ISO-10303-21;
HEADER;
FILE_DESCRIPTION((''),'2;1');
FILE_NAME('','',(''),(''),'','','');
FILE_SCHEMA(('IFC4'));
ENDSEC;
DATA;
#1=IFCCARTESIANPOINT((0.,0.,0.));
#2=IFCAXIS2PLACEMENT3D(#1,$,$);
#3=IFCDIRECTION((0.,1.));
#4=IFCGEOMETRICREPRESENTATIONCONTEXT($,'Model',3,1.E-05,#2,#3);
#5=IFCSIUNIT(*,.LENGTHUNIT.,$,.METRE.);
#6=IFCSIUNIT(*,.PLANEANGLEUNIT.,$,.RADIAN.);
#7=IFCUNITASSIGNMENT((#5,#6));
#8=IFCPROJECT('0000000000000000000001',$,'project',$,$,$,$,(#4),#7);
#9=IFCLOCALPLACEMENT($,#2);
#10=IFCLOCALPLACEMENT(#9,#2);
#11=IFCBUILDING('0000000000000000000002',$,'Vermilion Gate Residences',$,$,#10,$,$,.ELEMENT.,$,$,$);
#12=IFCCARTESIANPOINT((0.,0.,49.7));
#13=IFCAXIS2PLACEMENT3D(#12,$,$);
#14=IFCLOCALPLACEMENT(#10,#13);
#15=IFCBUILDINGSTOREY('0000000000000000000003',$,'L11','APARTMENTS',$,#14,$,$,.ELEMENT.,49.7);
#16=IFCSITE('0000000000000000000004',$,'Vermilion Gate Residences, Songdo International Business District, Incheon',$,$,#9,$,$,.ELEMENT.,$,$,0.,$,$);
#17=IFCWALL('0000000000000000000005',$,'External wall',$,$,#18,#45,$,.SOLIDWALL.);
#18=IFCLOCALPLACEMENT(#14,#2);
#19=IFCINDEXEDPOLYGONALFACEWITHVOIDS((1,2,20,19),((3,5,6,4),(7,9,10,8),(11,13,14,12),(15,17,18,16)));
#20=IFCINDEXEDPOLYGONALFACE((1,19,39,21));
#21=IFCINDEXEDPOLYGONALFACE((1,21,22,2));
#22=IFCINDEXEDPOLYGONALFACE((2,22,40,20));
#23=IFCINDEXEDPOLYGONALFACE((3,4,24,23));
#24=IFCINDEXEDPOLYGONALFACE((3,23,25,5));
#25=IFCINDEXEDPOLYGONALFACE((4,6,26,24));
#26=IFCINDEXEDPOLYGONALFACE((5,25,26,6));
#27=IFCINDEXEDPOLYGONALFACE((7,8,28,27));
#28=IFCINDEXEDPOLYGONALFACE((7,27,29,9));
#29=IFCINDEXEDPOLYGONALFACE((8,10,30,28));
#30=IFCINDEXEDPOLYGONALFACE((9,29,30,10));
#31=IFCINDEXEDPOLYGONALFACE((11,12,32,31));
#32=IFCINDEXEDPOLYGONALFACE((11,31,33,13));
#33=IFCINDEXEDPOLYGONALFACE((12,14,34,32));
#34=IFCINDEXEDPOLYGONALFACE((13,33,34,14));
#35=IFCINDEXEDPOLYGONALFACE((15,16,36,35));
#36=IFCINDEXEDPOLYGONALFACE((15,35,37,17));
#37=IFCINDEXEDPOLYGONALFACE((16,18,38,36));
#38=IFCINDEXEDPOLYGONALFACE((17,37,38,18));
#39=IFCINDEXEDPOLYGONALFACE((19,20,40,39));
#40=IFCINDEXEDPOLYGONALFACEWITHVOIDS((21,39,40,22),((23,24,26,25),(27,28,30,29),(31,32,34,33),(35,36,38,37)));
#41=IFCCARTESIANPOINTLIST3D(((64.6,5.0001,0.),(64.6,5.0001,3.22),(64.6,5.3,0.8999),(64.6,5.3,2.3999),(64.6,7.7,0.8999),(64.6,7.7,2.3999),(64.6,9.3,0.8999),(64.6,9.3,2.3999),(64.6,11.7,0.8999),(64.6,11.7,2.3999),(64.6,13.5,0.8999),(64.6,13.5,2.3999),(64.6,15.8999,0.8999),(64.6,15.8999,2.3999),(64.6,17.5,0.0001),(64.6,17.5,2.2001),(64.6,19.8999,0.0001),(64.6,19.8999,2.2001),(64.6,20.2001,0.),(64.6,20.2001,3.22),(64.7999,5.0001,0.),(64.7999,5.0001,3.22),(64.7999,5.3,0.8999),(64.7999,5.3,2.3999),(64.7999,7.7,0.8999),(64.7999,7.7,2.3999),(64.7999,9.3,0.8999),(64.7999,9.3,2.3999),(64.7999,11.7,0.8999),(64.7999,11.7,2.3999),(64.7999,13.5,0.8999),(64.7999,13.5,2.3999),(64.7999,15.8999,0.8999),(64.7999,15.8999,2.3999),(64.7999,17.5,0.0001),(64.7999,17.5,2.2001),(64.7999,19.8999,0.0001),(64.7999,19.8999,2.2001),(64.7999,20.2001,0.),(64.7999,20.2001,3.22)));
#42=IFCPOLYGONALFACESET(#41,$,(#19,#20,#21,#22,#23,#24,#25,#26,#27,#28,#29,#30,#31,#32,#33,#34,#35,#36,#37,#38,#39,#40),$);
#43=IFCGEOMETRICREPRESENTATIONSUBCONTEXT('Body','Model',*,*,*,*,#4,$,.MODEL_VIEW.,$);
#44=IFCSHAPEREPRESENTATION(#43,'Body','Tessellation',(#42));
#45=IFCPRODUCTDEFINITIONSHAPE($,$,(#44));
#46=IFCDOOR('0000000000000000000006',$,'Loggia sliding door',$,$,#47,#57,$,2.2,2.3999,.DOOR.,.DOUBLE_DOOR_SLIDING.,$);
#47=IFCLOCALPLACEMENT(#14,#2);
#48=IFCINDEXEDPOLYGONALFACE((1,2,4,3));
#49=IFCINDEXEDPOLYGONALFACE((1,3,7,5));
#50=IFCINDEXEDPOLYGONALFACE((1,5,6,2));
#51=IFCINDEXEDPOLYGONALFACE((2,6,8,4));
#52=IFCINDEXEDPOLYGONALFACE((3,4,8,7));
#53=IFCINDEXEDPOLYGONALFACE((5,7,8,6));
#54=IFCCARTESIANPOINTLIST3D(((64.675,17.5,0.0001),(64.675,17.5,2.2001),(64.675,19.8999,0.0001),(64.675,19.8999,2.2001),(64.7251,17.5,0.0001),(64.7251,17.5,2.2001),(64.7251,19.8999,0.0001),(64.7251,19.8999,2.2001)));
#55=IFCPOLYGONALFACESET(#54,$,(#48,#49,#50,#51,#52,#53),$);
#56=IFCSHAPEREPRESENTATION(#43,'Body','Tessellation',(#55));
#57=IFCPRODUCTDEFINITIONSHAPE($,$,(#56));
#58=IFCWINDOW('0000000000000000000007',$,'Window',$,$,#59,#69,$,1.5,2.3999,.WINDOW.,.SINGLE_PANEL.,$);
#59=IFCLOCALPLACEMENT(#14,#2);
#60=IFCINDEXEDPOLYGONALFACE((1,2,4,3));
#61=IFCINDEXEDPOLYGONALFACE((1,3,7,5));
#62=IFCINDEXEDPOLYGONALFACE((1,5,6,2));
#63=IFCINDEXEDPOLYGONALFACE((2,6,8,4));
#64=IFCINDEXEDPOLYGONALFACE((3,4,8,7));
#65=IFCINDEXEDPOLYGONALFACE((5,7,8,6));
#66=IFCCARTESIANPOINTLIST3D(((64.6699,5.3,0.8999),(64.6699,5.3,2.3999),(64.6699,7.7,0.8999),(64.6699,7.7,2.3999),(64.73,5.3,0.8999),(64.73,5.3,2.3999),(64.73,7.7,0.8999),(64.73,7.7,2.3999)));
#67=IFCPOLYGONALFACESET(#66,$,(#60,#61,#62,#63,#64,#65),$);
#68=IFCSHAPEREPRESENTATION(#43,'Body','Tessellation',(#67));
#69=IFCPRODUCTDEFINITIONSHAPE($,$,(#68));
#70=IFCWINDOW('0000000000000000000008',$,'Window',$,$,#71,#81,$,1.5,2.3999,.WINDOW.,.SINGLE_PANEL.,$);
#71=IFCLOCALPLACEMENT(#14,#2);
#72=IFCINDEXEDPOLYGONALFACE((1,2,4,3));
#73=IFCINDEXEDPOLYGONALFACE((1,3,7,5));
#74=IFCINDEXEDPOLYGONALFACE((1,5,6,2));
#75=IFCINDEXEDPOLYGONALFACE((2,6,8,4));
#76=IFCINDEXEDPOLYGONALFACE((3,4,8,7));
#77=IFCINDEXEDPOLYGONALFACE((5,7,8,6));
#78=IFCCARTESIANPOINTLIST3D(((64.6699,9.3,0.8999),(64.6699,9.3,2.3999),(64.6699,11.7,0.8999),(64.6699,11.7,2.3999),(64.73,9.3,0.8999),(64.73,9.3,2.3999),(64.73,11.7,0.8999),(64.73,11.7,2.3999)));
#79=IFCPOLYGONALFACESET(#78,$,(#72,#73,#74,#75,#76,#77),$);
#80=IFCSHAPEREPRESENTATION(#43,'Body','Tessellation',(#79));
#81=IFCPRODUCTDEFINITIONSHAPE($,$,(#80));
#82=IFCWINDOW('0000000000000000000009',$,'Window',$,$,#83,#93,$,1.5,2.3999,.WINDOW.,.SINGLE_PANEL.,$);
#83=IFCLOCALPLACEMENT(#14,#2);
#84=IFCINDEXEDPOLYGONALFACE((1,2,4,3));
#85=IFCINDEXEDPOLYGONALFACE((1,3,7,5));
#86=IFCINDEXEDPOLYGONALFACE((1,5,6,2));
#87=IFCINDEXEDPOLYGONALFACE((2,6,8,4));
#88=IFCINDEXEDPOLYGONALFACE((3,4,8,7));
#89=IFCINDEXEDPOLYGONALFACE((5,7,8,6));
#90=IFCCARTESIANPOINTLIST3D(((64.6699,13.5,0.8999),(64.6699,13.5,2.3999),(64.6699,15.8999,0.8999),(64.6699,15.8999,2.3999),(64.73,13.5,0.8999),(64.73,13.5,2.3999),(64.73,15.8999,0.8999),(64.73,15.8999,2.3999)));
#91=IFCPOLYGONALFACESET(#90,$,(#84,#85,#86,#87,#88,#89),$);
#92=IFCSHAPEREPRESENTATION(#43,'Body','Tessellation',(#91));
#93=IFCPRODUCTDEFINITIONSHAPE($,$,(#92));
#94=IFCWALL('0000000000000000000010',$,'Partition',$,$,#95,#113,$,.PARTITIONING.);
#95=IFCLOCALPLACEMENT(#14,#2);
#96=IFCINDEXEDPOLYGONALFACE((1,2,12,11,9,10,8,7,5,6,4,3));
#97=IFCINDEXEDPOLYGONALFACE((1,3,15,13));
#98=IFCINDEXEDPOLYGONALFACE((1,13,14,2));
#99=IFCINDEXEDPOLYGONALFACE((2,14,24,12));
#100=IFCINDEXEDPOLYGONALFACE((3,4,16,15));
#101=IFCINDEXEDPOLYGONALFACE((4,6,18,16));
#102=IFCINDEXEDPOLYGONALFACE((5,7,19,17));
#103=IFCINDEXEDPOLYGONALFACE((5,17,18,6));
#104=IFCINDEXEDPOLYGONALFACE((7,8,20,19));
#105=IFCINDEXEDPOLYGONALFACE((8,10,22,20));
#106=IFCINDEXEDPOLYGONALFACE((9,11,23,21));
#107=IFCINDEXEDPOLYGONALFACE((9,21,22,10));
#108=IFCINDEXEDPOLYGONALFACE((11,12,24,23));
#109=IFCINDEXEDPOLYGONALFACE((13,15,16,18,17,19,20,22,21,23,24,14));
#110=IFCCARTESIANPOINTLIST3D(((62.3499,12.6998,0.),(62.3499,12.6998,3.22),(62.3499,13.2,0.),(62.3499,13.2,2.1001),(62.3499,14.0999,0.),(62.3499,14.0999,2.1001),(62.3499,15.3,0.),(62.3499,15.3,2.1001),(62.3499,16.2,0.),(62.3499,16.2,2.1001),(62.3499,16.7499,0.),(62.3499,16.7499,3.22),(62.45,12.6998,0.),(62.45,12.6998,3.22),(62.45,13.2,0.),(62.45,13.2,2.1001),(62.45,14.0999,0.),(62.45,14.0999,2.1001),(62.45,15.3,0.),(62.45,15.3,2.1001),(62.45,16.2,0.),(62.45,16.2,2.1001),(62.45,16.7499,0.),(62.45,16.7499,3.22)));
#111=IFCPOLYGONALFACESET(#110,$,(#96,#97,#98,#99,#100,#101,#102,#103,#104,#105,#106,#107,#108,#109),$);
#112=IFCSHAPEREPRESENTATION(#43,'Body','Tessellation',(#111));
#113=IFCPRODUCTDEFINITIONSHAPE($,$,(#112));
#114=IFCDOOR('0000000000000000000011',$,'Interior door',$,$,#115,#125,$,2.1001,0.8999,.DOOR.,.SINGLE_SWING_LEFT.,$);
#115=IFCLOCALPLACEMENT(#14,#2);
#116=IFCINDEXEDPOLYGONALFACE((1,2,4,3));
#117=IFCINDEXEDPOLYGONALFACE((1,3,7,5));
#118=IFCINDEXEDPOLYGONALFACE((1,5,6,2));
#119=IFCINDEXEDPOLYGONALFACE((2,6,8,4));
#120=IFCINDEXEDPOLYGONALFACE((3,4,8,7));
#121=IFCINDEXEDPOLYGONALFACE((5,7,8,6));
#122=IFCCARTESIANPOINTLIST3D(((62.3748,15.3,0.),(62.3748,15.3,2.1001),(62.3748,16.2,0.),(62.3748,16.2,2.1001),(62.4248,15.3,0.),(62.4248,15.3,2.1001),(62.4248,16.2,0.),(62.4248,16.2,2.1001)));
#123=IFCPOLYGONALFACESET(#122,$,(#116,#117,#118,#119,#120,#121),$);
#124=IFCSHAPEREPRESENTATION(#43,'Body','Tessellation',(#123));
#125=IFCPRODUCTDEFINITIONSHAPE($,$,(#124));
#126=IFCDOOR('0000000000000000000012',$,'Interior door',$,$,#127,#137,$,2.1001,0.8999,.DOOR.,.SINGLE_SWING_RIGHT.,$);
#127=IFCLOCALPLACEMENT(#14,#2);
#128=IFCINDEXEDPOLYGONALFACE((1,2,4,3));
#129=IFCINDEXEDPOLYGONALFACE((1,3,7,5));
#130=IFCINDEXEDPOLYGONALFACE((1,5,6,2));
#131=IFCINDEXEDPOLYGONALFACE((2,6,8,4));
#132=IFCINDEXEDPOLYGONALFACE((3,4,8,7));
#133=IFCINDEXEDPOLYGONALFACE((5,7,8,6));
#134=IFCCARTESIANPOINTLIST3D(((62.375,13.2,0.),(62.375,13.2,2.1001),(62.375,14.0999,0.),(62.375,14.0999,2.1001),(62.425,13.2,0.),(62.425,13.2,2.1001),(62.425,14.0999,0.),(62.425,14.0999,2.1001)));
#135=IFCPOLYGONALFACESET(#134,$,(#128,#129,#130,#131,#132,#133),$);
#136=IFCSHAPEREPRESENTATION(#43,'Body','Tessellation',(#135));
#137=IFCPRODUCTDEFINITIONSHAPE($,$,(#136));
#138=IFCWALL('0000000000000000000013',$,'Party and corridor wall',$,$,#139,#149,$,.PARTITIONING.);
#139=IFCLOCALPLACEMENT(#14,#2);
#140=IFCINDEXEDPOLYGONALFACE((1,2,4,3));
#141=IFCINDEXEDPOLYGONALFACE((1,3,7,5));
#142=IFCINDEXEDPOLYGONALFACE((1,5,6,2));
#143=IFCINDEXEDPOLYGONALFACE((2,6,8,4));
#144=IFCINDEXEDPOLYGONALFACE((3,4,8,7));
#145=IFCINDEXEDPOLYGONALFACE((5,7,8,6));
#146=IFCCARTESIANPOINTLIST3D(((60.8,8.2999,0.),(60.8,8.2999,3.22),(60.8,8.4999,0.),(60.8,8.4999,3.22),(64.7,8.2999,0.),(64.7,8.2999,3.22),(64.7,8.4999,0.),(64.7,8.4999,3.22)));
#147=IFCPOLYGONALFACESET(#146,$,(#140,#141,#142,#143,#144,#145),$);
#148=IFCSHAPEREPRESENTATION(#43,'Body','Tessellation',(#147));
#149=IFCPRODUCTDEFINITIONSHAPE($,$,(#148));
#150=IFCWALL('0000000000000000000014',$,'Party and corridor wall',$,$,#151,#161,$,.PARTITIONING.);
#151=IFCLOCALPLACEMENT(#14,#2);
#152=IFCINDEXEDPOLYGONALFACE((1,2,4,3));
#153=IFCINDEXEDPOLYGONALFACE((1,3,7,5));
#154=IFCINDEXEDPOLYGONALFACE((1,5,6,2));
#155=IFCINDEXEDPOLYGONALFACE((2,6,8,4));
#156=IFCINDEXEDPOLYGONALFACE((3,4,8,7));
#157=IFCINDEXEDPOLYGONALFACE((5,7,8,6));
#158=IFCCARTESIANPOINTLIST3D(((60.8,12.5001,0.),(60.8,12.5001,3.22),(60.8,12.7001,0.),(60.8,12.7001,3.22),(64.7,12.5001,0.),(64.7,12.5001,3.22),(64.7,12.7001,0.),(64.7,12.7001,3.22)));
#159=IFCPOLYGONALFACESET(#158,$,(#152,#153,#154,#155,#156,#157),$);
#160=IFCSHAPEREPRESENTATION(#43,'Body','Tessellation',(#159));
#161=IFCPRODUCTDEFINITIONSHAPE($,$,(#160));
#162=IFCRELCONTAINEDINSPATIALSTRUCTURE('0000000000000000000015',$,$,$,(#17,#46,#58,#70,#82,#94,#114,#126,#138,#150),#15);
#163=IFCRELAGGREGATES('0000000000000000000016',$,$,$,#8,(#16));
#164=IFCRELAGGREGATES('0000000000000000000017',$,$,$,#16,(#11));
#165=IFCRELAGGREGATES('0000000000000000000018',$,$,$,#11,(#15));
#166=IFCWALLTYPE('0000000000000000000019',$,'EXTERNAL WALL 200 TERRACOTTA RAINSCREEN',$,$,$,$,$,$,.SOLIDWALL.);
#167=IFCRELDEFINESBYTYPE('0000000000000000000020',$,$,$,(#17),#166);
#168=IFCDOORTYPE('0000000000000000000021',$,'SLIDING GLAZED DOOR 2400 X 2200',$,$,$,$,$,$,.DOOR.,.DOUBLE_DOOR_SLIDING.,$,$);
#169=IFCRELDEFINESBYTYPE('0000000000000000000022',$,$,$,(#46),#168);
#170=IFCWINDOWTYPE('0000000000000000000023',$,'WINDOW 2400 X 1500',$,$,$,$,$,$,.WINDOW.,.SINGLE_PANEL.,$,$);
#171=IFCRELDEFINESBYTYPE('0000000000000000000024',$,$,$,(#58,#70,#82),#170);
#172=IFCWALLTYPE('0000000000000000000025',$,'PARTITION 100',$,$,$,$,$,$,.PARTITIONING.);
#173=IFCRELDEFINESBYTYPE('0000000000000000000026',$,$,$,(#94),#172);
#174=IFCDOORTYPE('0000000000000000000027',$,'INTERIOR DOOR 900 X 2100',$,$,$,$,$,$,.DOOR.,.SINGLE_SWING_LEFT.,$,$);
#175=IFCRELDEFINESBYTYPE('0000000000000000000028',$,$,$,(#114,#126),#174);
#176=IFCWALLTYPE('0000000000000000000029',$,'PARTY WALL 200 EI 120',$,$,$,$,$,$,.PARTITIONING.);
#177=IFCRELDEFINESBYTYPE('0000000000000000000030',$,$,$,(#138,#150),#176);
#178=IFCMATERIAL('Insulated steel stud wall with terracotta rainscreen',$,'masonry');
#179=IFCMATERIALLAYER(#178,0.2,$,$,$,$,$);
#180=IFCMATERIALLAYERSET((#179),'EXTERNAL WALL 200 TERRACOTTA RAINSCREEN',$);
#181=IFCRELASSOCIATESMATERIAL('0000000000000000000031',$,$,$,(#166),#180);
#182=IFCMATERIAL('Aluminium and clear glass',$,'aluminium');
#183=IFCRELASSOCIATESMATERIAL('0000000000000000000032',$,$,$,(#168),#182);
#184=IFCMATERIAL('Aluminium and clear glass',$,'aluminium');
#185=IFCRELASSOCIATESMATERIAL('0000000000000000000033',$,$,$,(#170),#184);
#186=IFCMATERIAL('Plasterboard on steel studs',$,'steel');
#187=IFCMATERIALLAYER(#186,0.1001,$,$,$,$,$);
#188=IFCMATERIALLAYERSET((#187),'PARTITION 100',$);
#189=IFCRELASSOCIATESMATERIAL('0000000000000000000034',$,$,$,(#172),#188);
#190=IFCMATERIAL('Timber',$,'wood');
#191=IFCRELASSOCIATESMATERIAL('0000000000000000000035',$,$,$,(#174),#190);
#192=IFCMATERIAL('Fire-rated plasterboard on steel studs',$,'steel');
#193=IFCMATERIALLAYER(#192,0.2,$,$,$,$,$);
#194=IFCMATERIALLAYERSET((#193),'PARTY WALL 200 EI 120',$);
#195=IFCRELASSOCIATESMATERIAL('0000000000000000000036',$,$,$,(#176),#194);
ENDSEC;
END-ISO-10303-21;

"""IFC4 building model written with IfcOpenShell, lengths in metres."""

from ifc_helpers import new_model, si_unit, direction, frame, frame_2d, origin, place, context, subcontext, project, spatial, rectangle, extrude, material, layer, layer_set, type_object, element, fill, save


model = new_model("IFC4")

# Units and contexts
model_context = context("Model", 3, precision=1e-05, world=origin(), true_north=direction((0.0, 1.0)))
body_context = subcontext(model_context, "Body", "Model", "MODEL_VIEW")
ifc_project = project(units=[si_unit("LENGTHUNIT", "METRE"), si_unit("PLANEANGLEUNIT", "RADIAN")], contexts=[model_context])

# Site, building, storey
site_placement = place(None, origin())
site = spatial("IfcSite", under=ifc_project, at=site_placement, Name="Vermilion Gate Residences, Songdo International Business District, Incheon", CompositionType="ELEMENT", RefElevation=0.0)
building_placement = place(site_placement, origin())
building = spatial("IfcBuilding", under=site, at=building_placement, Name="Vermilion Gate Residences", CompositionType="ELEMENT")
storey_placement = place(building_placement, frame((0.0, 0.0, 49.7)))
storey = spatial("IfcBuildingStorey", under=building, at=storey_placement, Name="L11", Description="APARTMENTS", CompositionType="ELEMENT", Elevation=49.7)

# Shared definitions
ifc_material_1 = material(Name="Insulated steel stud wall with terracotta rainscreen", Category="masonry")
ifc_layer_1 = layer(ifc_material_1, 0.2)
ifc_layer_set_1 = layer_set([ifc_layer_1], Name="EXTERNAL WALL 200 TERRACOTTA RAINSCREEN")
wall_type_1 = type_object("IfcWallType", Name="EXTERNAL WALL 200 TERRACOTTA RAINSCREEN", PredefinedType="SOLIDWALL", material=ifc_layer_set_1)

# Wall, openings, door, windows
wall_1_placement = place(storey_placement, frame((64.7, 5.0, 0.0), z_axis=(0.0, 0.0, 1.0), x_axis=(0.0, 1.0, 0.0)))
wall_1 = element("IfcWall", 1, at=wall_1_placement, inside=storey, type_object=wall_type_1, Name="External wall", PredefinedType="SOLIDWALL", context=body_context, shape_type="SweptSolid", body=[
    extrude(rectangle(XDim=15.2, YDim=0.2, at=frame_2d((7.6001, 0.0))), origin(), (0.0, 0.0, 1.0), 3.22),
])
opening_1_placement = place(wall_1_placement, frame((0.3, 0.0, 0.8999)))
opening_1 = element("IfcOpeningElement", 2, at=opening_1_placement, cuts=wall_1, PredefinedType="OPENING", context=body_context, shape_type="SweptSolid", body=[
    extrude(rectangle(XDim=2.3999, YDim=1.5, at=frame_2d((1.2, 0.75))), frame((0.0, 0.1099, 0.0), z_axis=(0.0, -1.0, 0.0), x_axis=(1.0, 0.0, 0.0)), (0.0, 0.0, 1.0), 0.22),
])
opening_2_placement = place(wall_1_placement, frame((4.3, 0.0, 0.8999)))
opening_2 = element("IfcOpeningElement", 3, at=opening_2_placement, cuts=wall_1, PredefinedType="OPENING", context=body_context, shape_type="SweptSolid", body=[
    extrude(rectangle(XDim=2.3999, YDim=1.5, at=frame_2d((1.2, 0.75))), frame((0.0, 0.1099, 0.0), z_axis=(0.0, -1.0, 0.0), x_axis=(1.0, 0.0, 0.0)), (0.0, 0.0, 1.0), 0.22),
])
opening_3_placement = place(wall_1_placement, frame((8.5, 0.0, 0.8999)))
opening_3 = element("IfcOpeningElement", 4, at=opening_3_placement, cuts=wall_1, PredefinedType="OPENING", context=body_context, shape_type="SweptSolid", body=[
    extrude(rectangle(XDim=2.3999, YDim=1.5, at=frame_2d((1.2, 0.75))), frame((0.0, 0.1099, 0.0), z_axis=(0.0, -1.0, 0.0), x_axis=(1.0, 0.0, 0.0)), (0.0, 0.0, 1.0), 0.22),
])
opening_4_placement = place(wall_1_placement, frame((12.5, 0.0, 0.0)))
opening_4 = element("IfcOpeningElement", 5, at=opening_4_placement, cuts=wall_1, PredefinedType="OPENING", context=body_context, shape_type="SweptSolid", body=[
    extrude(rectangle(XDim=2.3999, YDim=2.2, at=frame_2d((1.2, 1.1001))), frame((0.0, 0.1099, 0.0), z_axis=(0.0, -1.0, 0.0), x_axis=(1.0, 0.0, 0.0)), (0.0, 0.0, 1.0), 0.22),
])
ifc_material_2 = material(Name="Aluminium and clear glass", Category="aluminium")
door_type_1 = type_object("IfcDoorType", Name="SLIDING GLAZED DOOR 2400 X 2200", OperationType="DOUBLE_DOOR_SLIDING", PredefinedType="DOOR", material=ifc_material_2)
door_1_placement = place(opening_4_placement, origin())
door_1 = element("IfcDoor", 6, at=door_1_placement, inside=storey, type_object=door_type_1, Name="Loggia sliding door", OperationType="DOUBLE_DOOR_SLIDING", OverallHeight=2.2, OverallWidth=2.3999, PredefinedType="DOOR", context=body_context, shape_type="SweptSolid", body=[
    extrude(rectangle(XDim=2.3999, YDim=2.2, at=frame_2d((1.2, 1.1001))), frame((0.0, 0.0249, 0.0), z_axis=(0.0, -1.0, 0.0), x_axis=(1.0, 0.0, 0.0)), (0.0, 0.0, 1.0), 0.05),
])
fill(opening_4, door_1)
ifc_material_3 = material(Name="Aluminium and clear glass", Category="aluminium")
window_type = type_object("IfcWindowType", Name="WINDOW 2400 X 1500", PartitioningType="SINGLE_PANEL", PredefinedType="WINDOW", material=ifc_material_3)
window_1_placement = place(opening_1_placement, origin())
window_1 = element("IfcWindow", 7, at=window_1_placement, inside=storey, type_object=window_type, Name="Window", OverallHeight=1.5, OverallWidth=2.3999, PartitioningType="SINGLE_PANEL", PredefinedType="WINDOW", context=body_context, shape_type="SweptSolid", body=[
    extrude(rectangle(XDim=2.3999, YDim=1.5, at=frame_2d((1.2, 0.75))), frame((0.0, 0.03, 0.0), z_axis=(0.0, -1.0, 0.0), x_axis=(1.0, 0.0, 0.0)), (0.0, 0.0, 1.0), 0.0601),
])
fill(opening_1, window_1)
window_2_placement = place(opening_2_placement, origin())
window_2 = element("IfcWindow", 8, at=window_2_placement, inside=storey, type_object=window_type, Name="Window", OverallHeight=1.5, OverallWidth=2.3999, PartitioningType="SINGLE_PANEL", PredefinedType="WINDOW", context=body_context, shape_type="SweptSolid", body=[
    extrude(rectangle(XDim=2.3999, YDim=1.5, at=frame_2d((1.2, 0.75))), frame((0.0, 0.03, 0.0), z_axis=(0.0, -1.0, 0.0), x_axis=(1.0, 0.0, 0.0)), (0.0, 0.0, 1.0), 0.0601),
])
fill(opening_2, window_2)
window_3_placement = place(opening_3_placement, origin())
window_3 = element("IfcWindow", 9, at=window_3_placement, inside=storey, type_object=window_type, Name="Window", OverallHeight=1.5, OverallWidth=2.3999, PartitioningType="SINGLE_PANEL", PredefinedType="WINDOW", context=body_context, shape_type="SweptSolid", body=[
    extrude(rectangle(XDim=2.3999, YDim=1.5, at=frame_2d((1.2, 0.75))), frame((0.0, 0.03, 0.0), z_axis=(0.0, -1.0, 0.0), x_axis=(1.0, 0.0, 0.0)), (0.0, 0.0, 1.0), 0.0601),
])
fill(opening_3, window_3)

# Wall, openings, doors
ifc_material_4 = material(Name="Plasterboard on steel studs", Category="steel")
ifc_layer_2 = layer(ifc_material_4, 0.1001)
ifc_layer_set_2 = layer_set([ifc_layer_2], Name="PARTITION 100")
wall_type_2 = type_object("IfcWallType", Name="PARTITION 100", PredefinedType="PARTITIONING", material=ifc_layer_set_2)
wall_2_placement = place(storey_placement, frame((62.3999, 12.7, 0.0), z_axis=(0.0, 0.0, 1.0), x_axis=(0.0, 1.0, 0.0)))
wall_2 = element("IfcWall", 10, at=wall_2_placement, inside=storey, type_object=wall_type_2, Name="Partition", PredefinedType="PARTITIONING", context=body_context, shape_type="SweptSolid", body=[
    extrude(rectangle(XDim=4.05, YDim=0.1001, at=frame_2d((2.0249, 0.0))), origin(), (0.0, 0.0, 1.0), 3.22),
])
opening_5_placement = place(wall_2_placement, frame((2.6001, 0.0, 0.0)))
opening_5 = element("IfcOpeningElement", 11, at=opening_5_placement, cuts=wall_2, PredefinedType="OPENING", context=body_context, shape_type="SweptSolid", body=[
    extrude(rectangle(XDim=0.8999, YDim=2.1001, at=frame_2d((0.45, 1.05))), frame((0.0, 0.0601, 0.0), z_axis=(0.0, -1.0, 0.0), x_axis=(1.0, 0.0, 0.0)), (0.0, 0.0, 1.0), 0.1201),
])
opening_6_placement = place(wall_2_placement, frame((0.5, 0.0, 0.0)))
opening_6 = element("IfcOpeningElement", 12, at=opening_6_placement, cuts=wall_2, PredefinedType="OPENING", context=body_context, shape_type="SweptSolid", body=[
    extrude(rectangle(XDim=0.8999, YDim=2.1001, at=frame_2d((0.45, 1.05))), frame((0.0, 0.0601, 0.0), z_axis=(0.0, -1.0, 0.0), x_axis=(1.0, 0.0, 0.0)), (0.0, 0.0, 1.0), 0.1201),
])
ifc_material_5 = material(Name="Timber", Category="wood")
door_type_2 = type_object("IfcDoorType", Name="INTERIOR DOOR 900 X 2100", OperationType="SINGLE_SWING_LEFT", PredefinedType="DOOR", material=ifc_material_5)
door_2_placement = place(opening_5_placement, frame((0.8999, 0.0, 0.0), z_axis=(0.0, 0.0, 1.0), x_axis=(-1.0, 0.0, 0.0)))
door_2 = element("IfcDoor", 13, at=door_2_placement, inside=storey, type_object=door_type_2, Name="Interior door", OperationType="SINGLE_SWING_LEFT", OverallHeight=2.1001, OverallWidth=0.8999, PredefinedType="DOOR", context=body_context, shape_type="SweptSolid", body=[
    extrude(rectangle(XDim=0.8999, YDim=2.1001, at=frame_2d((0.45, 1.05))), frame((0.0, 0.0249, 0.0), z_axis=(0.0, -1.0, 0.0), x_axis=(1.0, 0.0, 0.0)), (0.0, 0.0, 1.0), 0.05),
])
fill(opening_5, door_2)
door_3_placement = place(opening_6_placement, origin())
door_3 = element("IfcDoor", 14, at=door_3_placement, inside=storey, type_object=door_type_2, Name="Interior door", OperationType="SINGLE_SWING_RIGHT", OverallHeight=2.1001, OverallWidth=0.8999, PredefinedType="DOOR", context=body_context, shape_type="SweptSolid", body=[
    extrude(rectangle(XDim=0.8999, YDim=2.1001, at=frame_2d((0.45, 1.05))), frame((0.0, 0.0249, 0.0), z_axis=(0.0, -1.0, 0.0), x_axis=(1.0, 0.0, 0.0)), (0.0, 0.0, 1.0), 0.05),
])
fill(opening_6, door_3)

# Walls
ifc_material_6 = material(Name="Fire-rated plasterboard on steel studs", Category="steel")
ifc_layer_3 = layer(ifc_material_6, 0.2)
ifc_layer_set_3 = layer_set([ifc_layer_3], Name="PARTY WALL 200 EI 120")
wall_type_3 = type_object("IfcWallType", Name="PARTY WALL 200 EI 120", PredefinedType="PARTITIONING", material=ifc_layer_set_3)
for number, where, z_axis, x_axis, name in (
    (15, (60.8, 8.3999, 0.0), (0.0, 0.0, 1.0), (1.0, 0.0, 0.0), "Party and corridor wall"),
    (16, (60.8, 12.6001, 0.0), (0.0, 0.0, 1.0), (1.0, 0.0, 0.0), "Party and corridor wall"),
):
    element("IfcWall", number, at=place(storey_placement, frame(where, z_axis=z_axis, x_axis=x_axis)), inside=storey, type_object=wall_type_3, Name=name, PredefinedType="PARTITIONING", context=body_context, shape_type="SweptSolid", body=[
        extrude(rectangle(XDim=3.8999, YDim=0.2, at=frame_2d((1.95, 0.0))), origin(), (0.0, 0.0, 1.0), 3.22),
    ])

save(model, "model.ifc")
